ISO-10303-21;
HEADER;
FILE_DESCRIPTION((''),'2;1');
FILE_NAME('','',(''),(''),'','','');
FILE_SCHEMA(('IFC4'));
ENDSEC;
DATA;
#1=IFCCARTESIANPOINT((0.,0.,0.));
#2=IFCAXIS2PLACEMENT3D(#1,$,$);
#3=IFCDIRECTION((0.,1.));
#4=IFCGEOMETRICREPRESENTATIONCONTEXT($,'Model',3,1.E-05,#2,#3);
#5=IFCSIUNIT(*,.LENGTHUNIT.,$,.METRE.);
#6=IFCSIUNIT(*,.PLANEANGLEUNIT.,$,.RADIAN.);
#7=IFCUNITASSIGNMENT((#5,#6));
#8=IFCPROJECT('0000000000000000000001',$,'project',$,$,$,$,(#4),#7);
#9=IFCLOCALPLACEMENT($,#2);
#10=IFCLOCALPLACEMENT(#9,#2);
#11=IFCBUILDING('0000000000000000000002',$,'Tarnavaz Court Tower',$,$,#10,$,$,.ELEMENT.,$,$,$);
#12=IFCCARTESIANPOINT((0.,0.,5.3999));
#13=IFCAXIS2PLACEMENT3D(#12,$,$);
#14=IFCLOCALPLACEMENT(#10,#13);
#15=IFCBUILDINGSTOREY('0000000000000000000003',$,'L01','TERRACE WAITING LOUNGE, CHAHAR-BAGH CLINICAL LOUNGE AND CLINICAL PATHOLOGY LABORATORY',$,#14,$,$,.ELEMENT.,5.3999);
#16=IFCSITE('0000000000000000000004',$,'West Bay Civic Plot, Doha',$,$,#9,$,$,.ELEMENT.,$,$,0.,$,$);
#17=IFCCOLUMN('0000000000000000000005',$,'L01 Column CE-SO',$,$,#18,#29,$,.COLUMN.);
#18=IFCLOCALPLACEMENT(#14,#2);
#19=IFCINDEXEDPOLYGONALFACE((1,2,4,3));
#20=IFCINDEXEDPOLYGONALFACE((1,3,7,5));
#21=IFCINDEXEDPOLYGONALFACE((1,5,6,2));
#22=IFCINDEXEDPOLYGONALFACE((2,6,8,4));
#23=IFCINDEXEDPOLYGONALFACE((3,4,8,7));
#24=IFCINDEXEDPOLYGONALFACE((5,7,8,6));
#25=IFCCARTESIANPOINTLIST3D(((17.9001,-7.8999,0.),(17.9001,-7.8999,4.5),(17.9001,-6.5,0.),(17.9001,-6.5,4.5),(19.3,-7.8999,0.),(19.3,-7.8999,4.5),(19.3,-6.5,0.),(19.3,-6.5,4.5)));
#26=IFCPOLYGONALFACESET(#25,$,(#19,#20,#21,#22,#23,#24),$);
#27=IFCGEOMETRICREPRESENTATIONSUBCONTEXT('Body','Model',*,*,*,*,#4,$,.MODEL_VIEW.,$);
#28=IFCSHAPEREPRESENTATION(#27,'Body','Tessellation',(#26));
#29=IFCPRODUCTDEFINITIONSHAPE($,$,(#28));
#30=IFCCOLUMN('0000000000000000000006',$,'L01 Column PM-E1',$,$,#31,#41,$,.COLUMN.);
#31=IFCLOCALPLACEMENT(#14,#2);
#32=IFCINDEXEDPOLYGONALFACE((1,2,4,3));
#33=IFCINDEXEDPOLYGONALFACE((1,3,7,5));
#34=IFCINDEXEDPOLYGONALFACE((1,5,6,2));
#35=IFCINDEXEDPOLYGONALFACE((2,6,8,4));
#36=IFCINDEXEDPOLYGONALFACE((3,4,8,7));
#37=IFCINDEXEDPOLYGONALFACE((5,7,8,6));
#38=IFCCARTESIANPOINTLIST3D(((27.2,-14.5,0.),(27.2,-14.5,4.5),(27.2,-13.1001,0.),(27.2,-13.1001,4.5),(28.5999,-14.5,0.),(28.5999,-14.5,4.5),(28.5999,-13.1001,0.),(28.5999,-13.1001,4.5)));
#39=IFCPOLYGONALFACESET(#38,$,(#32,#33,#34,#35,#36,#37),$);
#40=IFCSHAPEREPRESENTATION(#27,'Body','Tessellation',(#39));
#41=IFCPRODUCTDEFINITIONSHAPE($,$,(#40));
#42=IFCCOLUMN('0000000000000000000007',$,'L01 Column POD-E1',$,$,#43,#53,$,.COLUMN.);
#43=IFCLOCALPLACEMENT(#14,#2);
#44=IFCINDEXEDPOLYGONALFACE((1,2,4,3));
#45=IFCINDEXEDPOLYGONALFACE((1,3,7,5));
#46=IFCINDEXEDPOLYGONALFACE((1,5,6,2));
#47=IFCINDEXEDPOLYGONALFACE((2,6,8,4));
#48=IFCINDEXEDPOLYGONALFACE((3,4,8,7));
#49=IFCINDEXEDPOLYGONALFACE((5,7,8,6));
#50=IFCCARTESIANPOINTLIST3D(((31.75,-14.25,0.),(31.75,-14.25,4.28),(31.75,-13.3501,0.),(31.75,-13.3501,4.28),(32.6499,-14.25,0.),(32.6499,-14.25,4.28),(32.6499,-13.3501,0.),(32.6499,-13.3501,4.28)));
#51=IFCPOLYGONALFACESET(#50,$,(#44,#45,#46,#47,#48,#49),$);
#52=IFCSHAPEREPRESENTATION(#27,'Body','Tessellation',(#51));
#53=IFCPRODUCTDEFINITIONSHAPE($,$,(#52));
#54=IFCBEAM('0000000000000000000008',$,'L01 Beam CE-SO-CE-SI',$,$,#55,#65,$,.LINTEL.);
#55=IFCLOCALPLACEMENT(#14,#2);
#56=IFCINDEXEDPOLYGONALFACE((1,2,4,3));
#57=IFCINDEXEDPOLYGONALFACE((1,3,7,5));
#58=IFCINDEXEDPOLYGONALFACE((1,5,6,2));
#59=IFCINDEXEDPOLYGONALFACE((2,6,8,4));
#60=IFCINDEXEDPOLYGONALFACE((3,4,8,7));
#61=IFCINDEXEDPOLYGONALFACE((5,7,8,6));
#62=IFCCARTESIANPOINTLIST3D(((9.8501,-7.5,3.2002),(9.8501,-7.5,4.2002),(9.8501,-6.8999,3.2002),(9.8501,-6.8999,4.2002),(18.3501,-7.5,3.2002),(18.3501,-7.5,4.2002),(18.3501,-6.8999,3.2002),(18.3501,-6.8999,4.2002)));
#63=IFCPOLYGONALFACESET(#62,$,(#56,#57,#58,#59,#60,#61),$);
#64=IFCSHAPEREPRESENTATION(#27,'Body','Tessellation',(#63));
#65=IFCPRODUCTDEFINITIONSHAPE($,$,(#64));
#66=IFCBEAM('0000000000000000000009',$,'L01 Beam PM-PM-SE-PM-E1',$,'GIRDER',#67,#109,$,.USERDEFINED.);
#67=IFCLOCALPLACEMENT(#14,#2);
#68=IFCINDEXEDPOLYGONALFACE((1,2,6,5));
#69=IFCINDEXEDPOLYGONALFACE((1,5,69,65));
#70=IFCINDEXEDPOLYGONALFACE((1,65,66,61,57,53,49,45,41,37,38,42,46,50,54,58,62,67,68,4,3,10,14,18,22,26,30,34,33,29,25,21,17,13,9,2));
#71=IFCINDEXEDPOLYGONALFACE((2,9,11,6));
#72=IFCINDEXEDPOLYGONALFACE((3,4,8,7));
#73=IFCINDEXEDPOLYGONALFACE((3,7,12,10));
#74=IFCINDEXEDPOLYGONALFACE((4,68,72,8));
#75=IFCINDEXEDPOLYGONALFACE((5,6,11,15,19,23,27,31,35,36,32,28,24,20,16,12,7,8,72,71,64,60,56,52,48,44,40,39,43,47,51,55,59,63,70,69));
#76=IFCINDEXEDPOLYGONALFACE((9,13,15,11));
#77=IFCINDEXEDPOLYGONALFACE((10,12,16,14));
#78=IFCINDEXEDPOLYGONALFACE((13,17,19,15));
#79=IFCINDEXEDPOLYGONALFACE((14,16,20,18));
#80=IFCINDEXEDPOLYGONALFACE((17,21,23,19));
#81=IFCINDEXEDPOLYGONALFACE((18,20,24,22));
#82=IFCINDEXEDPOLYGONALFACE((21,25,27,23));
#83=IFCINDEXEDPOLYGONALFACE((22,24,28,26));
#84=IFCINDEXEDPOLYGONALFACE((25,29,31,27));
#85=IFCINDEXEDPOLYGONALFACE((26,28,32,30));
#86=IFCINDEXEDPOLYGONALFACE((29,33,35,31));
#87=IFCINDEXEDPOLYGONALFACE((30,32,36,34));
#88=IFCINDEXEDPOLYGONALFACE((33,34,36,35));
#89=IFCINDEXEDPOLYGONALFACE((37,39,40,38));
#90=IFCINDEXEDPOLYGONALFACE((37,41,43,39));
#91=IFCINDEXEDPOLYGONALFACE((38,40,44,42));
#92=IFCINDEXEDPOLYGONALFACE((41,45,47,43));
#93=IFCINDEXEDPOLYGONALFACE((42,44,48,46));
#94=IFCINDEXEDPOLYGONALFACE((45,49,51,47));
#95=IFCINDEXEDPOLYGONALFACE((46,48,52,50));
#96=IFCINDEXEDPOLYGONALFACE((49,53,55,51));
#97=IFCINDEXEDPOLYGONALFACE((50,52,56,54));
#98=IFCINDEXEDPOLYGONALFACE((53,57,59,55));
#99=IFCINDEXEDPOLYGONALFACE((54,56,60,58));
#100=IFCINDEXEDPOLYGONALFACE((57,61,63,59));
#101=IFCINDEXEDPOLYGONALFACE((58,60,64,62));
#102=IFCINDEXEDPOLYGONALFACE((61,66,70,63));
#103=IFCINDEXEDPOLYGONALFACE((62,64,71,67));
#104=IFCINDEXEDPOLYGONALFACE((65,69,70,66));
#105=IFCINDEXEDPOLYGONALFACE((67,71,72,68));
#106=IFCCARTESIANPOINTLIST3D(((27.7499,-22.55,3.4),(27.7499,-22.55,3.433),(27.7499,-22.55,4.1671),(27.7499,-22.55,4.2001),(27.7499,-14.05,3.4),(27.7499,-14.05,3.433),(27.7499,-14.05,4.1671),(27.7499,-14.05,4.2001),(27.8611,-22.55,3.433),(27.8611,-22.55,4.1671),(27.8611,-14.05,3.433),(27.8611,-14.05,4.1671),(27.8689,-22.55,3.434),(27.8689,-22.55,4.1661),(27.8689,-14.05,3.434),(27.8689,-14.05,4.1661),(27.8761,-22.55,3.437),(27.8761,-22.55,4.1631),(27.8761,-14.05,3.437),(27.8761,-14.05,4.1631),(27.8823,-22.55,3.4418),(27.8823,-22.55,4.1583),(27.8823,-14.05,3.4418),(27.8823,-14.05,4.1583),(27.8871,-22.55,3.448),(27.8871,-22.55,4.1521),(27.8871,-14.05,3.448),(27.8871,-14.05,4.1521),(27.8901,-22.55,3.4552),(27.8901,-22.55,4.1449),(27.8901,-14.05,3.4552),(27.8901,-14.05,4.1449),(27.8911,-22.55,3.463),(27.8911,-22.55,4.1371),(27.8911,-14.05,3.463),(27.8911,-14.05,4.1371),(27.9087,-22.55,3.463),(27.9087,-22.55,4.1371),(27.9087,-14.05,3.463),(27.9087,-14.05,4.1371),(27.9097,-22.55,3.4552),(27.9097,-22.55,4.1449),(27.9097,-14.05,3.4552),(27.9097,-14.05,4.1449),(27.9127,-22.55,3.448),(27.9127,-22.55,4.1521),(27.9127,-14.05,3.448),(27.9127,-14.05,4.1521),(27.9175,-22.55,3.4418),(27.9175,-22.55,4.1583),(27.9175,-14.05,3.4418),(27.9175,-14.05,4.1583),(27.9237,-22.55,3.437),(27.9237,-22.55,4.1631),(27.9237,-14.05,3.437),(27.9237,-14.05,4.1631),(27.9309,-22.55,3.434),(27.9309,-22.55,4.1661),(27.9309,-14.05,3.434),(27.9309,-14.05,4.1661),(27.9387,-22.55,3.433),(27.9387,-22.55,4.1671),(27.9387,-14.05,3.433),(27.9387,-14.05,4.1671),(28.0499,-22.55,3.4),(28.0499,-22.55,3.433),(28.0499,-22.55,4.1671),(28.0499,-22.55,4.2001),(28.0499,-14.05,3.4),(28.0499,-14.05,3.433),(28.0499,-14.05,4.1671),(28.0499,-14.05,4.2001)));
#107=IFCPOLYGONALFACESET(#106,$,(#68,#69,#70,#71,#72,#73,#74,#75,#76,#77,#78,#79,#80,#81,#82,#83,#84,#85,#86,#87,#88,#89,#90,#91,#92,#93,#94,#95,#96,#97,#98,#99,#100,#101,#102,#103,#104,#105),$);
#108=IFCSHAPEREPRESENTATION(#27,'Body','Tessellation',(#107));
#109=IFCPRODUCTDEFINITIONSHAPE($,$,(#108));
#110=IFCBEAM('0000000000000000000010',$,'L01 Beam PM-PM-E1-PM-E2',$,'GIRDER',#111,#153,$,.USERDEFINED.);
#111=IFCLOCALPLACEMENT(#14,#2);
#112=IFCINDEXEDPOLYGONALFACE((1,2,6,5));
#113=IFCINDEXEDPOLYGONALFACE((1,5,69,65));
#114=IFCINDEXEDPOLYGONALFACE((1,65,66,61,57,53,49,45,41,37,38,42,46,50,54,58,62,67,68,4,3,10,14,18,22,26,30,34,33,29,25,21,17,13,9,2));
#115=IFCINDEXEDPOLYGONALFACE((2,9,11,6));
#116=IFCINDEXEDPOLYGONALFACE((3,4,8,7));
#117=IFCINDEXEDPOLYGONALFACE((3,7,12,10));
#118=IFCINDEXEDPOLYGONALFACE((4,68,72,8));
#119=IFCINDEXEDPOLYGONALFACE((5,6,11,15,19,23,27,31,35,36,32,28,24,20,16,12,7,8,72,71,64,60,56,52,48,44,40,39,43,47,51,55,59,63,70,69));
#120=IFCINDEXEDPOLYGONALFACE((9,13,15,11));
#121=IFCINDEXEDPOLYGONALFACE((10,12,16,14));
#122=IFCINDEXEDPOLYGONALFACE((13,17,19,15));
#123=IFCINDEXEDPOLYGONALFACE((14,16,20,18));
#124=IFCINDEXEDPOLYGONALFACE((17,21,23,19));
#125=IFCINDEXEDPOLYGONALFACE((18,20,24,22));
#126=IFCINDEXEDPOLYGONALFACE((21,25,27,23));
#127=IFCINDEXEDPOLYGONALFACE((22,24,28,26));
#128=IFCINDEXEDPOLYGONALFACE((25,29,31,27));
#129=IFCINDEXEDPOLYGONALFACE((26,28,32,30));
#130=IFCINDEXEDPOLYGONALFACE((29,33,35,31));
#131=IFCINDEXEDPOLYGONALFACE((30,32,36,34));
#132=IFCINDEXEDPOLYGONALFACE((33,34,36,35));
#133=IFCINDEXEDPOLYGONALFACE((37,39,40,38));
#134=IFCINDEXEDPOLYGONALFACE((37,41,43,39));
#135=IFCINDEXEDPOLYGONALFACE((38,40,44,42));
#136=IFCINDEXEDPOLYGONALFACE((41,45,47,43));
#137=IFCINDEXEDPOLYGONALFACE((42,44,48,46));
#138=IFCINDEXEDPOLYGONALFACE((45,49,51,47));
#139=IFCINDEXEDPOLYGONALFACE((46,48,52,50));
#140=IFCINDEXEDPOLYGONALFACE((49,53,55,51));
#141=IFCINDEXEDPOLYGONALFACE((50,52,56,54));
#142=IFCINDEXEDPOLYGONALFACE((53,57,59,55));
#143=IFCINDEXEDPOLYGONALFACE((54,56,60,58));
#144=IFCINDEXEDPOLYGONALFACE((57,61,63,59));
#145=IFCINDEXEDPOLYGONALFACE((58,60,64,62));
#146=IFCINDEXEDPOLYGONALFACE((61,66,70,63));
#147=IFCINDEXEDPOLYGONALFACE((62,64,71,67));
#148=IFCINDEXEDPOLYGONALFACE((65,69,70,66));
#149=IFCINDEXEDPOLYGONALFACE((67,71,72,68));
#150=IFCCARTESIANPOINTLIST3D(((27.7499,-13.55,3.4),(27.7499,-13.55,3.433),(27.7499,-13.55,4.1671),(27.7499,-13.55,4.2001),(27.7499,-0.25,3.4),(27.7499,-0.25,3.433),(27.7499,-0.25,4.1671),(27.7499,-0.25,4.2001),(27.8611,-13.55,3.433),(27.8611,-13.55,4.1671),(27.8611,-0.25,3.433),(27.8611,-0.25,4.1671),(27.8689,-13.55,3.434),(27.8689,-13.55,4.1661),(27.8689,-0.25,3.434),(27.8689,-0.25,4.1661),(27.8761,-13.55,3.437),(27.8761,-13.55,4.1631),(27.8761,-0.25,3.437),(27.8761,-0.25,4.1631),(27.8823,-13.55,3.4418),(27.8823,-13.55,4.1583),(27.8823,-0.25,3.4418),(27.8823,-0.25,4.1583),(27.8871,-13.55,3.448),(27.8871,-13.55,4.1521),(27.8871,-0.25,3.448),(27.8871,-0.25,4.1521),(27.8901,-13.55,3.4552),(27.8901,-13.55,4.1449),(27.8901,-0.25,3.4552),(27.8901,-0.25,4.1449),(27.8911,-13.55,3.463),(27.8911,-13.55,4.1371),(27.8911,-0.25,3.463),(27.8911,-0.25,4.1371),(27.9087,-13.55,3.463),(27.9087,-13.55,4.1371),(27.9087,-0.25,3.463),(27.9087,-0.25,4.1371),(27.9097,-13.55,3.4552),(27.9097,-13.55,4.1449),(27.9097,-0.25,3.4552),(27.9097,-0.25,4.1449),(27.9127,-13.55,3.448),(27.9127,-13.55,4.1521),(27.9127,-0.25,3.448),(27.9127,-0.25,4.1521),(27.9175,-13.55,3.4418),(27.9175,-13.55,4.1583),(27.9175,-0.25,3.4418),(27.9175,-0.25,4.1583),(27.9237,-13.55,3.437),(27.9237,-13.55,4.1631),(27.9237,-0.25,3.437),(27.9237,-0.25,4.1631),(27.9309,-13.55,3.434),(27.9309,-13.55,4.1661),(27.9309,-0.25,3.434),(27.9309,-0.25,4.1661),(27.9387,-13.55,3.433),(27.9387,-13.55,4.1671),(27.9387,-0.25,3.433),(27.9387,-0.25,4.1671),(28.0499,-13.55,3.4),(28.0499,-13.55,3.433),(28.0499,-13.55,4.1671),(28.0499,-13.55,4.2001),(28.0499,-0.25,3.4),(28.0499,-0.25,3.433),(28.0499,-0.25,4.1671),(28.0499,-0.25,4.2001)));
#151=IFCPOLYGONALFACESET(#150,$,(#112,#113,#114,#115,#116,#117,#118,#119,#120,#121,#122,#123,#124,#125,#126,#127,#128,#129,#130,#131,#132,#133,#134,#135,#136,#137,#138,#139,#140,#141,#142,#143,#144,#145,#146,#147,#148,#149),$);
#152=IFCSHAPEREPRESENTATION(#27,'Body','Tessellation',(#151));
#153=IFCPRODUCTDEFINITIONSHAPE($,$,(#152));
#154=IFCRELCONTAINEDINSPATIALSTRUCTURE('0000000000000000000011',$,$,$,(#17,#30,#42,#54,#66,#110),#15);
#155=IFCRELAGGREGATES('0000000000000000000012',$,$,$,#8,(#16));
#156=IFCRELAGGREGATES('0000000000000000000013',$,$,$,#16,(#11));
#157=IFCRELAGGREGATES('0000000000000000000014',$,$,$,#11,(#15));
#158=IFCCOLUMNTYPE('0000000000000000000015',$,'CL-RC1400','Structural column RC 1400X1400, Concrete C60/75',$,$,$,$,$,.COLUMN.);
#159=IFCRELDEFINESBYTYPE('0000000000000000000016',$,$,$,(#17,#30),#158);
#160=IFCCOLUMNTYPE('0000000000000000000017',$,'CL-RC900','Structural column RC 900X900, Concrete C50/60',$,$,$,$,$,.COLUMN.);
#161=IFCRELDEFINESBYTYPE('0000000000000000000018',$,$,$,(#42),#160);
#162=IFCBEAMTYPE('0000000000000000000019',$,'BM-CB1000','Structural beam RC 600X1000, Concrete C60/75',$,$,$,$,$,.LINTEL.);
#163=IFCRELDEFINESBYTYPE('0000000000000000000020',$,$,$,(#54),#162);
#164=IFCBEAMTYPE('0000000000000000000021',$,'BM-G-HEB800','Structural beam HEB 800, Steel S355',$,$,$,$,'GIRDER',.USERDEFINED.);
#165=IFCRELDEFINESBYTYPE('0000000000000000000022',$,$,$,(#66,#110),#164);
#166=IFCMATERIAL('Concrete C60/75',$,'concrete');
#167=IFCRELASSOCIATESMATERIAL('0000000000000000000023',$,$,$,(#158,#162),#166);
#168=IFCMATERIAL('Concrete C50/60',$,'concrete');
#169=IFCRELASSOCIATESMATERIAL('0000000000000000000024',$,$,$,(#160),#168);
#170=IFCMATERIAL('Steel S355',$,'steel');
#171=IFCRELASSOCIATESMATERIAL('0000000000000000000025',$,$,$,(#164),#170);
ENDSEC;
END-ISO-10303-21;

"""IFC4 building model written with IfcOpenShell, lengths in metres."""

from ifc_helpers import new_model, si_unit, direction, frame, origin, origin_2d, place, context, subcontext, project, spatial, rectangle, i_section, extrude, material, material_profile, profile_set, type_object, element, save


model = new_model("IFC4")

# Units and contexts
model_context = context("Model", 3, precision=1e-05, world=origin(), true_north=direction((0.0, 1.0)))
body_context = subcontext(model_context, "Body", "Model", "MODEL_VIEW")
ifc_project = project(units=[si_unit("LENGTHUNIT", "METRE"), si_unit("PLANEANGLEUNIT", "RADIAN")], contexts=[model_context])

# Site, building, storey
site_placement = place(None, origin())
site = spatial("IfcSite", under=ifc_project, at=site_placement, Name="West Bay Civic Plot, Doha", CompositionType="ELEMENT", RefElevation=0.0)
building_placement = place(site_placement, origin())
building = spatial("IfcBuilding", under=site, at=building_placement, Name="Tarnavaz Court Tower", CompositionType="ELEMENT")
storey_placement = place(building_placement, frame((0.0, 0.0, 5.3999)))
storey = spatial("IfcBuildingStorey", under=building, at=storey_placement, Name="L01", Description="TERRACE WAITING LOUNGE, CHAHAR-BAGH CLINICAL LOUNGE AND CLINICAL PATHOLOGY LABORATORY", CompositionType="ELEMENT", Elevation=5.3999)

# Columns
ifc_material_1 = material(Name="Concrete C60/75", Category="concrete")
ifc_material_profile_1 = material_profile(ifc_material_1, rectangle(XDim=1.3999, YDim=1.3999, at=origin_2d()), Name="RC 1400X1400")
ifc_profile_set_1 = profile_set([ifc_material_profile_1], Name="Concrete C60/75")
column_type_1 = type_object("IfcColumnType", Name="CL-RC1400", Description="Structural column RC 1400X1400, Concrete C60/75", PredefinedType="COLUMN", material=ifc_profile_set_1)
for number, where, z_axis, x_axis, name in (
    (1, (18.6001, -7.2, 0.0), (0.0, 0.0, 1.0), (1.0, 0.0, 0.0), "L01 Column CE-SO"),
    (2, (27.8999, -13.8, 0.0), (0.0, 0.0, 1.0), (1.0, 0.0, 0.0), "L01 Column PM-E1"),
):
    element("IfcColumn", number, at=place(storey_placement, frame(where, z_axis=z_axis, x_axis=x_axis)), inside=storey, type_object=column_type_1, Name=name, PredefinedType="COLUMN", context=body_context, shape_type="SweptSolid", body=[
        extrude(rectangle(XDim=1.3999, YDim=1.3999, at=origin_2d()), origin(), (0.0, 0.0, 1.0), 4.5),
    ])
ifc_material_2 = material(Name="Concrete C50/60", Category="concrete")
ifc_material_profile_2 = material_profile(ifc_material_2, rectangle(XDim=0.8999, YDim=0.8999, at=origin_2d()), Name="RC 900X900")
ifc_profile_set_2 = profile_set([ifc_material_profile_2], Name="Concrete C50/60")
column_type_2 = type_object("IfcColumnType", Name="CL-RC900", Description="Structural column RC 900X900, Concrete C50/60", PredefinedType="COLUMN", material=ifc_profile_set_2)
column_placement = place(storey_placement, frame((32.2, -13.8, 0.0), z_axis=(0.0, 0.0, 1.0), x_axis=(1.0, 0.0, 0.0)))
element("IfcColumn", 3, at=column_placement, inside=storey, type_object=column_type_2, Name="L01 Column POD-E1", PredefinedType="COLUMN", context=body_context, shape_type="SweptSolid", body=[
    extrude(rectangle(XDim=0.8999, YDim=0.8999, at=origin_2d()), origin(), (0.0, 0.0, 1.0), 4.28),
])

# Beams
ifc_material_profile_3 = material_profile(ifc_material_1, rectangle(XDim=0.6001, YDim=1.0, at=origin_2d()), Name="RC 600X1000")
ifc_profile_set_3 = profile_set([ifc_material_profile_3], Name="Concrete C60/75")
beam_type_1 = type_object("IfcBeamType", Name="BM-CB1000", Description="Structural beam RC 600X1000, Concrete C60/75", PredefinedType="LINTEL", material=ifc_profile_set_3)
beam_1_placement = place(storey_placement, frame((18.3501, -7.2, 3.7002), z_axis=(-1.0, 0.0, 0.0), x_axis=(0.0, -1.0, 0.0)))
element("IfcBeam", 4, at=beam_1_placement, inside=storey, type_object=beam_type_1, Name="L01 Beam CE-SO-CE-SI", PredefinedType="LINTEL", context=body_context, shape_type="SweptSolid", body=[
    extrude(rectangle(XDim=0.6001, YDim=1.0, at=origin_2d()), origin(), (0.0, 0.0, 1.0), 8.5),
])
ifc_material_3 = material(Name="Steel S355", Category="steel")
ifc_material_profile_4 = material_profile(ifc_material_3, i_section(OverallWidth=0.3, OverallDepth=0.8, WebThickness=0.0176, FlangeThickness=0.033, FilletRadius=0.03, at=origin_2d()), Name="HEB 800")
ifc_profile_set_4 = profile_set([ifc_material_profile_4], Name="Steel S355")
beam_type_2 = type_object("IfcBeamType", Name="BM-G-HEB800", Description="Structural beam HEB 800, Steel S355", ElementType="GIRDER", PredefinedType="USERDEFINED", material=ifc_profile_set_4)
beam_2_placement = place(storey_placement, frame((27.8999, -22.55, 3.8), z_axis=(0.0, 1.0, 0.0), x_axis=(-1.0, 0.0, 0.0)))
element("IfcBeam", 5, at=beam_2_placement, inside=storey, type_object=beam_type_2, Name="L01 Beam PM-PM-SE-PM-E1", ObjectType="GIRDER", PredefinedType="USERDEFINED", context=body_context, shape_type="SweptSolid", body=[
    extrude(i_section(OverallWidth=0.3, OverallDepth=0.8, WebThickness=0.0176, FlangeThickness=0.033, FilletRadius=0.03, at=origin_2d()), origin(), (0.0, 0.0, 1.0), 8.5),
])
beam_3_placement = place(storey_placement, frame((27.8999, -13.55, 3.8), z_axis=(0.0, 1.0, 0.0), x_axis=(-1.0, 0.0, 0.0)))
element("IfcBeam", 6, at=beam_3_placement, inside=storey, type_object=beam_type_2, Name="L01 Beam PM-PM-E1-PM-E2", ObjectType="GIRDER", PredefinedType="USERDEFINED", context=body_context, shape_type="SweptSolid", body=[
    extrude(i_section(OverallWidth=0.3, OverallDepth=0.8, WebThickness=0.0176, FlangeThickness=0.033, FilletRadius=0.03, at=origin_2d()), origin(), (0.0, 0.0, 1.0), 13.3),
])

save(model, "model.ifc")
